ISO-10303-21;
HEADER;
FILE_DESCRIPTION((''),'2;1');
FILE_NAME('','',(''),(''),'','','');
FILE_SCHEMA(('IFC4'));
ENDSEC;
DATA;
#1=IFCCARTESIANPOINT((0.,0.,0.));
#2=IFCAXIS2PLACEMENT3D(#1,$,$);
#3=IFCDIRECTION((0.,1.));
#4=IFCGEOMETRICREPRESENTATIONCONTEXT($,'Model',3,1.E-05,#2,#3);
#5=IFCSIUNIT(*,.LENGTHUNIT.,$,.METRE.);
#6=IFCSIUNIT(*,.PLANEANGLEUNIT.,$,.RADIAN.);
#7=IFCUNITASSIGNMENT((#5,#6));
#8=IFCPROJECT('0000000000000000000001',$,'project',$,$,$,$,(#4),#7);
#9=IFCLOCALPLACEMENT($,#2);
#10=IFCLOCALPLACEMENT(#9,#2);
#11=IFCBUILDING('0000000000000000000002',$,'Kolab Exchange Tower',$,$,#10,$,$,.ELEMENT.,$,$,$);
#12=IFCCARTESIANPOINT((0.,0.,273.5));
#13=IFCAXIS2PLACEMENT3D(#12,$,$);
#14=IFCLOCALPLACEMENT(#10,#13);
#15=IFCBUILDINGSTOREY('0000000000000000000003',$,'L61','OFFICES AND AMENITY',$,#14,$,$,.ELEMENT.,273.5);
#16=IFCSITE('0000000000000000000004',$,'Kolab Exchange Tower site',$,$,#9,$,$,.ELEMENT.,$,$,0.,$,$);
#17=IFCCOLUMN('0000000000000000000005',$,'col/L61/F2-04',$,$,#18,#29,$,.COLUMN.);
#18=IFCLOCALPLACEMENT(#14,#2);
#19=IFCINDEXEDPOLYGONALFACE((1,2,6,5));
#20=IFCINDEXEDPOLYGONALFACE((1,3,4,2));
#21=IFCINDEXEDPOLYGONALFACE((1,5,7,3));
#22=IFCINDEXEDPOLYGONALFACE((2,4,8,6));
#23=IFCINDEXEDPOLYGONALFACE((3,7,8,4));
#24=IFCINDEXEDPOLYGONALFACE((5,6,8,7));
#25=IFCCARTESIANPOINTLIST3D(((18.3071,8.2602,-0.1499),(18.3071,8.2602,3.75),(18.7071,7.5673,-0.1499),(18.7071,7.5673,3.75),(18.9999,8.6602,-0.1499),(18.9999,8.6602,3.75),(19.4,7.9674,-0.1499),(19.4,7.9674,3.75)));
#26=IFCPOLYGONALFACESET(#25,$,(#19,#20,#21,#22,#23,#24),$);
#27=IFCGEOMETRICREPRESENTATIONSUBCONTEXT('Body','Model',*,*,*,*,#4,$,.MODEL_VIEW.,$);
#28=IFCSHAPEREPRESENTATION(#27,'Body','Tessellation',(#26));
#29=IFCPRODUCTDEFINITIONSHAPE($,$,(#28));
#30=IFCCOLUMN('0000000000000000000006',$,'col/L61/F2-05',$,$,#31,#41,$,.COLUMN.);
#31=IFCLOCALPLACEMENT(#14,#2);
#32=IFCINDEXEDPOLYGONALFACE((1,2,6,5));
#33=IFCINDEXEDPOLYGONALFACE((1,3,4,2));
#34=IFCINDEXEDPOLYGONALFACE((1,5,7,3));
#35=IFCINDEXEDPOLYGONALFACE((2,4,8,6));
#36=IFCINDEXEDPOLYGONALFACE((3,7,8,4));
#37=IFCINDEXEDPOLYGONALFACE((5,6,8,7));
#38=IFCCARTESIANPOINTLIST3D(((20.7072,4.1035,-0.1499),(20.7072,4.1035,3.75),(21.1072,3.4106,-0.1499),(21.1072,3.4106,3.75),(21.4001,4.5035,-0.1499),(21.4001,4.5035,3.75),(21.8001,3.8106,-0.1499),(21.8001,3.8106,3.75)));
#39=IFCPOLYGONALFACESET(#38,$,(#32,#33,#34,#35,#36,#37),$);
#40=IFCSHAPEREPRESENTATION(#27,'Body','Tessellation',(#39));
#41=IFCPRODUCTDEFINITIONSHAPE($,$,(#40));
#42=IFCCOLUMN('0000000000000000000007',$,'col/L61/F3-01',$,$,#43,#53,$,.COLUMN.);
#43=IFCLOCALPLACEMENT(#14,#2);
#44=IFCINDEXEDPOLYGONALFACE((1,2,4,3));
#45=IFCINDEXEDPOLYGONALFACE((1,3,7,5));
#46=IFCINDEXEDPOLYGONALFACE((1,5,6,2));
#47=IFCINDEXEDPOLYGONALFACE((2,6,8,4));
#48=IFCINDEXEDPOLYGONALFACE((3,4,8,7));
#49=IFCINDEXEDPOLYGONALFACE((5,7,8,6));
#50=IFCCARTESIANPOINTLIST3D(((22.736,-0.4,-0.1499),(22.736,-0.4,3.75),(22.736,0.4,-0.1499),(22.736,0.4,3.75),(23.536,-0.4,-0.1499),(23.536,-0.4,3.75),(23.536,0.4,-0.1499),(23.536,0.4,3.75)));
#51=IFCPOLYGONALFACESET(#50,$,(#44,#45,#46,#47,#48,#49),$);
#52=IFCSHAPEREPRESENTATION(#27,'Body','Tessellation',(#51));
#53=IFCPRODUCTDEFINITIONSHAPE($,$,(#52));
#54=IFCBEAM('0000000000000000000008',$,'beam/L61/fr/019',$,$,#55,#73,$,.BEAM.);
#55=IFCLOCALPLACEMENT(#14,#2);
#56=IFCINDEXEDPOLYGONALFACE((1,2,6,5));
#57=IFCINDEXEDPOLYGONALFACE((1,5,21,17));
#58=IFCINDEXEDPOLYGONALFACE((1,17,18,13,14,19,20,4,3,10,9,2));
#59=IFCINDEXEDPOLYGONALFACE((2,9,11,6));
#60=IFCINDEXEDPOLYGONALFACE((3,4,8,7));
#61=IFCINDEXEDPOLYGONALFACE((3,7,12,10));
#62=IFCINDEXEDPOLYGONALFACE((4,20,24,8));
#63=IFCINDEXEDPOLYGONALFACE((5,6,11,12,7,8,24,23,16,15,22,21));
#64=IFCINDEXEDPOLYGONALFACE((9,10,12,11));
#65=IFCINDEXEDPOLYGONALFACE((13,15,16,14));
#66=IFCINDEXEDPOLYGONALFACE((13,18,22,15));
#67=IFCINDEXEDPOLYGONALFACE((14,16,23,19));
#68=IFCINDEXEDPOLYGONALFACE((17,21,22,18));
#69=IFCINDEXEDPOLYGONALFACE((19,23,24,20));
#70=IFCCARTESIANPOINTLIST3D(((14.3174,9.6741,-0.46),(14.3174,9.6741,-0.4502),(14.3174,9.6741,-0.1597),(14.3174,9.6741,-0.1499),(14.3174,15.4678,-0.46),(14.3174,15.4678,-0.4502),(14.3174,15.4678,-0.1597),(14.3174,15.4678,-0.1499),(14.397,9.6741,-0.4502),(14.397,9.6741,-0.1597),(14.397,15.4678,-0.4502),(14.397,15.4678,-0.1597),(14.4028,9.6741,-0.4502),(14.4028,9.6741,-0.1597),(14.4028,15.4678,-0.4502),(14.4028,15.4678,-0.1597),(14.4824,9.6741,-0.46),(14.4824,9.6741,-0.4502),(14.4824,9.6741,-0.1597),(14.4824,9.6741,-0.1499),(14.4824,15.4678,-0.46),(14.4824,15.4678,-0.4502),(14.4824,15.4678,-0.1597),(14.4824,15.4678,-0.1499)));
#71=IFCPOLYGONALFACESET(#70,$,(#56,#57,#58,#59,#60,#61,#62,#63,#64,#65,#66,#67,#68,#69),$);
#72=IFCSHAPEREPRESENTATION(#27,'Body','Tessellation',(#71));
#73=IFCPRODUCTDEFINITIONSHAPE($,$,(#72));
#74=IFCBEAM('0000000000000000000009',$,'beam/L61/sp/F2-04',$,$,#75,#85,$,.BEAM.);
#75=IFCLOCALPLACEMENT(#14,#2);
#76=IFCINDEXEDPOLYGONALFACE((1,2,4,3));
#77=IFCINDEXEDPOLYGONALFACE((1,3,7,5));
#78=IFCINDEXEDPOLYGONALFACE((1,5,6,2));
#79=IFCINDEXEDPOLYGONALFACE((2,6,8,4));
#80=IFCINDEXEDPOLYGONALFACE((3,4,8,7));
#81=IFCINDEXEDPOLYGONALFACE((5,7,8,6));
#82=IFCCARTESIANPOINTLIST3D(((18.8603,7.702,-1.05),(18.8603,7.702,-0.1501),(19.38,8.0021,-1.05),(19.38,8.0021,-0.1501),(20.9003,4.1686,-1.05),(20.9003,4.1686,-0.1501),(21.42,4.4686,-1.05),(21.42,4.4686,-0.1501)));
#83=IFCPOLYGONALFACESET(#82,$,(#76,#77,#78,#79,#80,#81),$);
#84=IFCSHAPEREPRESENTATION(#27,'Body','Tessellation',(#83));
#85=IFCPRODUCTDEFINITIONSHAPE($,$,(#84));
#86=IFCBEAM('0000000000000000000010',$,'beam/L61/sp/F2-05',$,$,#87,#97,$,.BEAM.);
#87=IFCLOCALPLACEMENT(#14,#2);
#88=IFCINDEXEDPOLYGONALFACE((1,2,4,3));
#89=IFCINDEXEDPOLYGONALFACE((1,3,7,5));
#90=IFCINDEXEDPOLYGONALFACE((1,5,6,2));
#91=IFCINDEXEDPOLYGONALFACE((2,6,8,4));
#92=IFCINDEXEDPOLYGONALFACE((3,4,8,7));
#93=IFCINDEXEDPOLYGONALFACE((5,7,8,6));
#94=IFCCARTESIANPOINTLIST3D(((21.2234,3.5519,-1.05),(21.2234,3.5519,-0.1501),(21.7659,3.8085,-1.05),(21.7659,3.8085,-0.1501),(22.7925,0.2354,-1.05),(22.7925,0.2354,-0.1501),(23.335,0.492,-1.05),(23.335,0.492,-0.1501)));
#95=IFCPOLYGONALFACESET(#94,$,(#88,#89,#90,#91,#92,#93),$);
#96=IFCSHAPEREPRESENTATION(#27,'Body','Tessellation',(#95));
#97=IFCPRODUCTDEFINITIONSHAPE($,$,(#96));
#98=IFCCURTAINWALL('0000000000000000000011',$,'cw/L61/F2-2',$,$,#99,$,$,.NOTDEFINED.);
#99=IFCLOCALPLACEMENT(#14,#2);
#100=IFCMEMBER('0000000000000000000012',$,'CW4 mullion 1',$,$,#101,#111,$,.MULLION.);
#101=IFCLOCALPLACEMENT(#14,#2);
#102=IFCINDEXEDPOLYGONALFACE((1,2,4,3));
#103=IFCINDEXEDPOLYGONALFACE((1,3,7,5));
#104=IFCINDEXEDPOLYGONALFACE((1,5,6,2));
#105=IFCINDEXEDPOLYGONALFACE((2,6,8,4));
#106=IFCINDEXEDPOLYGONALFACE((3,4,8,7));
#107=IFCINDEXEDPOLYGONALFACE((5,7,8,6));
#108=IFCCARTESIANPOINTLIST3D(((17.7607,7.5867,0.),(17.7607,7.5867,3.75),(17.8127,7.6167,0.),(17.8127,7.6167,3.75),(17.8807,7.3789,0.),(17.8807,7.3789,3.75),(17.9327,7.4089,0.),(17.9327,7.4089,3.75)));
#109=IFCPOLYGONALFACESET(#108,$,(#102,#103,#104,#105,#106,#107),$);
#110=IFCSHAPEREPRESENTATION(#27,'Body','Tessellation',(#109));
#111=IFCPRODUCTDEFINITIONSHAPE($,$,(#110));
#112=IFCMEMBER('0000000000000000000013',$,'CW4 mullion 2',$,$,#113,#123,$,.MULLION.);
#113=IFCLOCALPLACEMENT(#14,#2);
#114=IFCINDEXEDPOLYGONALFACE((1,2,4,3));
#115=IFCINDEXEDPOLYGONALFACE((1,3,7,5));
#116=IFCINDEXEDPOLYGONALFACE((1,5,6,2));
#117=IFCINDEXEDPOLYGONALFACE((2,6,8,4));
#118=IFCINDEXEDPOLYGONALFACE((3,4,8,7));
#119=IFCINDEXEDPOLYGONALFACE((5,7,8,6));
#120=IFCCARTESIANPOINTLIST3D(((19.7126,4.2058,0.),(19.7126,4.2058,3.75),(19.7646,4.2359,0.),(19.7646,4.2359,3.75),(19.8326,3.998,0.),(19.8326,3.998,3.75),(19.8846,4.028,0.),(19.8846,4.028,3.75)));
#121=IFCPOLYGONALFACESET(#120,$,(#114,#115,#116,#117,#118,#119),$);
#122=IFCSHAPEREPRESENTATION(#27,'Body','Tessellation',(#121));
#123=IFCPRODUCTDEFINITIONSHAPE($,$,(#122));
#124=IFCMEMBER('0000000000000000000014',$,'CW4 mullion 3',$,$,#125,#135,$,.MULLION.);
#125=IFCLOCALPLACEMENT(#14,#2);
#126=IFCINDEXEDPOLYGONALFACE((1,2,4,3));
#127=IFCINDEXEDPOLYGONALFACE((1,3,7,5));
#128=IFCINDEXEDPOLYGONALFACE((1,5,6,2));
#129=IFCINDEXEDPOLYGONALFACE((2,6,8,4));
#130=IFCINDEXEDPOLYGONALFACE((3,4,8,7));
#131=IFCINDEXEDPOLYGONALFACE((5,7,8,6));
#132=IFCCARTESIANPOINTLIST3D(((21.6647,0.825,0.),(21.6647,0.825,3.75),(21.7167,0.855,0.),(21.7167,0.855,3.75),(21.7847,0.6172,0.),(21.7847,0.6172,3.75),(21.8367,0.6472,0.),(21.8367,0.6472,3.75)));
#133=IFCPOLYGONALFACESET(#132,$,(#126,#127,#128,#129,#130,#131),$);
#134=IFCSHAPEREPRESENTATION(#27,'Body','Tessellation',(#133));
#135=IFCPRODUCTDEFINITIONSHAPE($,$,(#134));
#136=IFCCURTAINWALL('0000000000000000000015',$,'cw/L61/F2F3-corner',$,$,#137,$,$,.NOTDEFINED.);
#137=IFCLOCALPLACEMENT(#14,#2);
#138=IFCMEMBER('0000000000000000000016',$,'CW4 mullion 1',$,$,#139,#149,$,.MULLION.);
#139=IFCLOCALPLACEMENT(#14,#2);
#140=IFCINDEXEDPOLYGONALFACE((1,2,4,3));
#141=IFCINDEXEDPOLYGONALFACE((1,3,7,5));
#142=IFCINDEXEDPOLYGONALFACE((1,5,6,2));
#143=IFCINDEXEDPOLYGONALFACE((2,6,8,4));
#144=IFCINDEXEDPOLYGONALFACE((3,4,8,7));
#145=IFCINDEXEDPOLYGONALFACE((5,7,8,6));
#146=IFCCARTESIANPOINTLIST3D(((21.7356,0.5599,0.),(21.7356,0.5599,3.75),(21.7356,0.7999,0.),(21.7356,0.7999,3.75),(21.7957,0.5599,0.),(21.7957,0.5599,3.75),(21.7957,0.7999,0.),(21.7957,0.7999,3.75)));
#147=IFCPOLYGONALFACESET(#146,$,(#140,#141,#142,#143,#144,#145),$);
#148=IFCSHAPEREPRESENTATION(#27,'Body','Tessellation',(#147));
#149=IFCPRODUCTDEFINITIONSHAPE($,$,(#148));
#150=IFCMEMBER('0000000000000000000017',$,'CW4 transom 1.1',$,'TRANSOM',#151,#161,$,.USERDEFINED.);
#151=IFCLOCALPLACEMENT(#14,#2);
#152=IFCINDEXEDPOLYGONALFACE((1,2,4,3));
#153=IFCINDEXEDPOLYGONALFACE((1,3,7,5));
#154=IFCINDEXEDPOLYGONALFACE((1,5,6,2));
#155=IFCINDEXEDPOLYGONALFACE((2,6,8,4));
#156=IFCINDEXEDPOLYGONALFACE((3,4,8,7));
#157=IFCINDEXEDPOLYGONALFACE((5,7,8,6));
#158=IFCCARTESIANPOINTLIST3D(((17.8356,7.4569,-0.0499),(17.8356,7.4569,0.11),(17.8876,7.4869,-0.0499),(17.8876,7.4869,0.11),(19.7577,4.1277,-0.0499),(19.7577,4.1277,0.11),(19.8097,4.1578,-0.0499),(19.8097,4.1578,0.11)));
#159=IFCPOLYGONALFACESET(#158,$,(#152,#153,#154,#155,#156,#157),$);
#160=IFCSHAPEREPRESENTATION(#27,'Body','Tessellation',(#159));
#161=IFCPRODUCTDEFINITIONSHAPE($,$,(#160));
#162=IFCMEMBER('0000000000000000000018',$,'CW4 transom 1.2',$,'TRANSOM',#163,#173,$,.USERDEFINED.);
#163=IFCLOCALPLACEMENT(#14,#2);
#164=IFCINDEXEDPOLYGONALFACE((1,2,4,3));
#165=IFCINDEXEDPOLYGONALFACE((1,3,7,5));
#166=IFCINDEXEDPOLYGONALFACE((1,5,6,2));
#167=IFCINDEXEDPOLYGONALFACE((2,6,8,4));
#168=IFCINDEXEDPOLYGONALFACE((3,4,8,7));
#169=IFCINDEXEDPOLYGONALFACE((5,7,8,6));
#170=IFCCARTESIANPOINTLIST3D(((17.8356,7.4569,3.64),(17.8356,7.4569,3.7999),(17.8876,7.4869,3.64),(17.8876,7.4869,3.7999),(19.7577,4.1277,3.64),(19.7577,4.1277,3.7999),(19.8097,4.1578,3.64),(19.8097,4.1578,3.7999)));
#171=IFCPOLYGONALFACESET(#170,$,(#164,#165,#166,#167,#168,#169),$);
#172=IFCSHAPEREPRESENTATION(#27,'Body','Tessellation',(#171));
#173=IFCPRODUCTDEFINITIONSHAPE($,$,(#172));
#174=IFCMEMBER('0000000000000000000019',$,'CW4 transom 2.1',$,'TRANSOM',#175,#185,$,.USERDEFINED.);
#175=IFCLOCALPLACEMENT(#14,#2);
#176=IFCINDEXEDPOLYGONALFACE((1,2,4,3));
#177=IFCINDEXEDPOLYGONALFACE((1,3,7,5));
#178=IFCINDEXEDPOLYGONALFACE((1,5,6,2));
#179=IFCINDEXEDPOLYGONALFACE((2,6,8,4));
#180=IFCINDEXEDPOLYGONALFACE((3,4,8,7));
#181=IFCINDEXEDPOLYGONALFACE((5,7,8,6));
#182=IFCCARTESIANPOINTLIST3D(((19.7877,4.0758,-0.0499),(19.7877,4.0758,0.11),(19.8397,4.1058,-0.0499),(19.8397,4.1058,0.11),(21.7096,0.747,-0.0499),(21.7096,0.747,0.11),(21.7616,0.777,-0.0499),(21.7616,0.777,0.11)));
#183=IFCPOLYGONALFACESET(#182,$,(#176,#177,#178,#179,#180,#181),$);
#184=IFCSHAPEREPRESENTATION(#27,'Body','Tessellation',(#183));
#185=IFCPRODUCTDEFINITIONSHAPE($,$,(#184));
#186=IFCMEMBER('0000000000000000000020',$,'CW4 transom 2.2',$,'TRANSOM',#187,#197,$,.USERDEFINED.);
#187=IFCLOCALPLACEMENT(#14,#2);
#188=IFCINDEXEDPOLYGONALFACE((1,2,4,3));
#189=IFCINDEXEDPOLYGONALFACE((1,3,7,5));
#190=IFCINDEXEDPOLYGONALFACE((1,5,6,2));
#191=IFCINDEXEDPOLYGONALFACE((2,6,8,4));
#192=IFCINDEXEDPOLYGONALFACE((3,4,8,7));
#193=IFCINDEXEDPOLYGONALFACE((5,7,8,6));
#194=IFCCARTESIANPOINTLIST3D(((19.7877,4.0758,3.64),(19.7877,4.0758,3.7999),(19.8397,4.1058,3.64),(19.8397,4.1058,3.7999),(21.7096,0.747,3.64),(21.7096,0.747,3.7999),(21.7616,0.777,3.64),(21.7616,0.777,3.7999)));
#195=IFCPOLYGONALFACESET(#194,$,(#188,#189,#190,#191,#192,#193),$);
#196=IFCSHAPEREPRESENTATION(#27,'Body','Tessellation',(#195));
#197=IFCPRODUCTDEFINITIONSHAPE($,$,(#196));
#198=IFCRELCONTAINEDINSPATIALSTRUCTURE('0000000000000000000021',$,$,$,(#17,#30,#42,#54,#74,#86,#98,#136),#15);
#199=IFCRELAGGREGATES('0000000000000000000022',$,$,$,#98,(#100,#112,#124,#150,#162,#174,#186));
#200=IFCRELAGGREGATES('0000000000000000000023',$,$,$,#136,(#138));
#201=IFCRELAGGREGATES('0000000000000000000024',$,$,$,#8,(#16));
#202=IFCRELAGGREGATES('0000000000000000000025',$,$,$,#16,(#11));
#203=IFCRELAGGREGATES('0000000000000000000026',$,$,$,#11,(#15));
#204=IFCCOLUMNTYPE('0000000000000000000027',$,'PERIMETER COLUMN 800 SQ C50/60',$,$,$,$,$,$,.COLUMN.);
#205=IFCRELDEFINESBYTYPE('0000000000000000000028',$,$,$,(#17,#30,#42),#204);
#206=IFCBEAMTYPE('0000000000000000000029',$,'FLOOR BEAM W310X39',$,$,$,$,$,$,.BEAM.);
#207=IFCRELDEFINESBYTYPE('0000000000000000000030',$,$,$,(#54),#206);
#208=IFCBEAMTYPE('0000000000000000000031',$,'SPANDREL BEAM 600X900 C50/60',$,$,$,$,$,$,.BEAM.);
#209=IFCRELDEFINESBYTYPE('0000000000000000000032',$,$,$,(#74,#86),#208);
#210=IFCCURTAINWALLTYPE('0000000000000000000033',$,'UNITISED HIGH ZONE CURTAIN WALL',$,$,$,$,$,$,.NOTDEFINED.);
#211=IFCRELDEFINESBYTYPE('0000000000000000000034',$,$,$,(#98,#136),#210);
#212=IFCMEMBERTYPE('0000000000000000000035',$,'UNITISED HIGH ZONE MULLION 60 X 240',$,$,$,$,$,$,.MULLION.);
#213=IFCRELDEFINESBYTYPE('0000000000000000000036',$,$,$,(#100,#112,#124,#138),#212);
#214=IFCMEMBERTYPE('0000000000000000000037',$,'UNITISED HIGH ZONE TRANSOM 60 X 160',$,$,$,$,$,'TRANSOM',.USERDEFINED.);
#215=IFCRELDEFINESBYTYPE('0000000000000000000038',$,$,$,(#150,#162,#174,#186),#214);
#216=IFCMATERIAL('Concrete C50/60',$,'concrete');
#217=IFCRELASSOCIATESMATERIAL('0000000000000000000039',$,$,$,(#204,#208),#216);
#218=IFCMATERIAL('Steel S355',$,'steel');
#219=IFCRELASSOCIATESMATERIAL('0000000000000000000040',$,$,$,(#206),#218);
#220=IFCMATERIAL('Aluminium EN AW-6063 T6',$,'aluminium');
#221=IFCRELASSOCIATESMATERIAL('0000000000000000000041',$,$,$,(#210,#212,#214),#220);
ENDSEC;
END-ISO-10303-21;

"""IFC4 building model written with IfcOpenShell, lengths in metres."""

from ifc_helpers import new_model, si_unit, direction, frame, origin, origin_2d, place, context, subcontext, project, spatial, rectangle, i_section, extrude, material, material_profile, profile_set, type_object, element, aggregate, save


model = new_model("IFC4")

# Units and contexts
model_context = context("Model", 3, precision=1e-05, world=origin(), true_north=direction((0.0, 1.0)))
body_context = subcontext(model_context, "Body", "Model", "MODEL_VIEW")
ifc_project = project(units=[si_unit("LENGTHUNIT", "METRE"), si_unit("PLANEANGLEUNIT", "RADIAN")], contexts=[model_context])

# Site, building, storey
site_placement = place(None, origin())
site = spatial("IfcSite", under=ifc_project, at=site_placement, Name="Kolab Exchange Tower site", CompositionType="ELEMENT", RefElevation=0.0)
building_placement = place(site_placement, origin())
building = spatial("IfcBuilding", under=site, at=building_placement, Name="Kolab Exchange Tower", CompositionType="ELEMENT")
storey_placement = place(building_placement, frame((0.0, 0.0, 273.5)))
storey = spatial("IfcBuildingStorey", under=building, at=storey_placement, Name="L61", Description="OFFICES AND AMENITY", CompositionType="ELEMENT", Elevation=273.5)

# Columns
ifc_material_1 = material(Name="Concrete C50/60", Category="concrete")
ifc_material_profile_1 = material_profile(ifc_material_1, rectangle(XDim=0.8, YDim=0.8, at=origin_2d()), Name="RC800")
ifc_profile_set_1 = profile_set([ifc_material_profile_1], Name="Concrete C50/60")
column_type = type_object("IfcColumnType", Name="PERIMETER COLUMN 800 SQ C50/60", PredefinedType="COLUMN", material=ifc_profile_set_1)
for number, where, z_axis, x_axis, name in (
    (1, (18.8535, 8.1138, -0.1499), (0.0, 0.0, 1.0), (0.866025, 0.5, 0.0), "col/L61/F2-04"),
    (2, (21.2537, 3.957, -0.1499), (0.0, 0.0, 1.0), (0.866025, 0.5, 0.0), "col/L61/F2-05"),
    (3, (23.136, 0.0, -0.1499), (0.0, 0.0, 1.0), (1.0, 0.0, 0.0), "col/L61/F3-01"),
):
    element("IfcColumn", number, at=place(storey_placement, frame(where, z_axis=z_axis, x_axis=x_axis)), inside=storey, type_object=column_type, Name=name, PredefinedType="COLUMN", context=body_context, shape_type="SweptSolid", body=[
        extrude(rectangle(XDim=0.8, YDim=0.8, at=origin_2d()), origin(), (0.0, 0.0, 1.0), 3.8999),
    ])

# Beams
ifc_material_2 = material(Name="Steel S355", Category="steel")
ifc_material_profile_2 = material_profile(ifc_material_2, i_section(OverallWidth=0.165, OverallDepth=0.3101, WebThickness=0.0059, FlangeThickness=0.0098, at=origin_2d()), Name="W310X39")
ifc_profile_set_2 = profile_set([ifc_material_profile_2], Name="Steel S355")
beam_type_1 = type_object("IfcBeamType", Name="FLOOR BEAM W310X39", PredefinedType="BEAM", material=ifc_profile_set_2)
beam_1_placement = place(storey_placement, frame((14.3999, 9.6741, -0.3049), z_axis=(0.0, 1.0, 0.0), x_axis=(-1.0, 0.0, 0.0)))
element("IfcBeam", 4, at=beam_1_placement, inside=storey, type_object=beam_type_1, Name="beam/L61/fr/019", PredefinedType="BEAM", context=body_context, shape_type="SweptSolid", body=[
    extrude(i_section(OverallWidth=0.165, OverallDepth=0.3101, WebThickness=0.0059, FlangeThickness=0.0098, at=origin_2d()), origin(), (0.0, 0.0, 1.0), 5.7937),
])
ifc_material_profile_3 = material_profile(ifc_material_1, rectangle(XDim=0.6001, YDim=0.8999, at=origin_2d()), Name="RC600X900")
ifc_profile_set_3 = profile_set([ifc_material_profile_3], Name="Concrete C50/60")
beam_type_2 = type_object("IfcBeamType", Name="SPANDREL BEAM 600X900 C50/60", PredefinedType="BEAM", material=ifc_profile_set_3)
beam_2_placement = place(storey_placement, frame((19.1201, 7.8521, -0.6001), z_axis=(0.5, -0.866025, 0.0), x_axis=(0.866025, 0.5, 0.0)))
element("IfcBeam", 5, at=beam_2_placement, inside=storey, type_object=beam_type_2, Name="beam/L61/sp/F2-04", PredefinedType="BEAM", context=body_context, shape_type="SweptSolid", body=[
    extrude(rectangle(XDim=0.6001, YDim=0.8999, at=origin_2d()), origin(), (0.0, 0.0, 1.0), 4.0801),
])
beam_3_placement = place(storey_placement, frame((21.4946, 3.6802, -0.6001), z_axis=(0.427677, -0.903932, 0.0), x_axis=(0.903932, 0.427677, 0.0)))
element("IfcBeam", 6, at=beam_3_placement, inside=storey, type_object=beam_type_2, Name="beam/L61/sp/F2-05", PredefinedType="BEAM", context=body_context, shape_type="SweptSolid", body=[
    extrude(rectangle(XDim=0.6001, YDim=0.8999, at=origin_2d()), origin(), (0.0, 0.0, 1.0), 3.6689),
])

# Curtain wall, members
ifc_material_3 = material(Name="Aluminium EN AW-6063 T6", Category="aluminium")
curtain_wall_type = type_object("IfcCurtainWallType", Name="UNITISED HIGH ZONE CURTAIN WALL", PredefinedType="NOTDEFINED", material=ifc_material_3)
curtain_wall_1_placement = place(storey_placement, origin())
curtain_wall_1 = element("IfcCurtainWall", 7, at=curtain_wall_1_placement, inside=storey, type_object=curtain_wall_type, Name="cw/L61/F2-2", PredefinedType="NOTDEFINED")
ifc_material_profile_4 = material_profile(ifc_material_3, rectangle(XDim=0.0601, YDim=0.24, at=origin_2d()), Name="RECT 60X240")
ifc_profile_set_4 = profile_set([ifc_material_profile_4], Name="Aluminium EN AW-6063 T6")
member_type_1 = type_object("IfcMemberType", Name="UNITISED HIGH ZONE MULLION 60 X 240", PredefinedType="MULLION", material=ifc_profile_set_4)
member_1_placement = place(storey_placement, frame((17.8467, 7.4978, 0.0), z_axis=(0.0, 0.0, 1.0), x_axis=(0.866025, 0.5, 0.0)))
member_1 = element("IfcMember", 8, at=member_1_placement, type_object=member_type_1, Name="CW4 mullion 1", PredefinedType="MULLION", context=body_context, shape_type="SweptSolid", body=[
    extrude(rectangle(XDim=0.0601, YDim=0.24, at=origin_2d()), origin(), (0.0, 0.0, 1.0), 3.75),
])
member_2_placement = place(storey_placement, frame((19.7986, 4.1169, 0.0), z_axis=(0.0, 0.0, 1.0), x_axis=(0.866025, 0.5, 0.0)))
member_2 = element("IfcMember", 9, at=member_2_placement, type_object=member_type_1, Name="CW4 mullion 2", PredefinedType="MULLION", context=body_context, shape_type="SweptSolid", body=[
    extrude(rectangle(XDim=0.0601, YDim=0.24, at=origin_2d()), origin(), (0.0, 0.0, 1.0), 3.75),
])
member_3_placement = place(storey_placement, frame((21.7507, 0.7361, 0.0), z_axis=(0.0, 0.0, 1.0), x_axis=(0.866025, 0.5, 0.0)))
member_3 = element("IfcMember", 10, at=member_3_placement, type_object=member_type_1, Name="CW4 mullion 3", PredefinedType="MULLION", context=body_context, shape_type="SweptSolid", body=[
    extrude(rectangle(XDim=0.0601, YDim=0.24, at=origin_2d()), origin(), (0.0, 0.0, 1.0), 3.75),
])

# Curtain wall, member
curtain_wall_2_placement = place(storey_placement, origin())
curtain_wall_2 = element("IfcCurtainWall", 11, at=curtain_wall_2_placement, inside=storey, type_object=curtain_wall_type, Name="cw/L61/F2F3-corner", PredefinedType="NOTDEFINED")
member_4_placement = place(storey_placement, frame((21.7656, 0.6799, 0.0), z_axis=(0.0, 0.0, 1.0), x_axis=(1.0, 0.0, 0.0)))
member_4 = element("IfcMember", 12, at=member_4_placement, type_object=member_type_1, Name="CW4 mullion 1", PredefinedType="MULLION", context=body_context, shape_type="SweptSolid", body=[
    extrude(rectangle(XDim=0.0601, YDim=0.24, at=origin_2d()), origin(), (0.0, 0.0, 1.0), 3.75),
])

# Members
ifc_material_profile_5 = material_profile(ifc_material_3, rectangle(XDim=0.0601, YDim=0.1599, at=origin_2d()), Name="RECT 60X160")
ifc_profile_set_5 = profile_set([ifc_material_profile_5], Name="Aluminium EN AW-6063 T6")
member_type_2 = type_object("IfcMemberType", Name="UNITISED HIGH ZONE TRANSOM 60 X 160", ElementType="TRANSOM", PredefinedType="USERDEFINED", material=ifc_profile_set_5)
member_5_placement = place(storey_placement, frame((17.8616, 7.4719, 0.03), z_axis=(0.500012, -0.866018, 0.0), x_axis=(0.866018, 0.500012, 0.0)))
member_5 = element("IfcMember", 13, at=member_5_placement, type_object=member_type_2, Name="CW4 transom 1.1", ObjectType="TRANSOM", PredefinedType="USERDEFINED", context=body_context, shape_type="SweptSolid", body=[
    extrude(rectangle(XDim=0.0601, YDim=0.1599, at=origin_2d()), origin(), (0.0, 0.0, 1.0), 3.8442),
])
member_6_placement = place(storey_placement, frame((17.8616, 7.4719, 3.72), z_axis=(0.500012, -0.866018, 0.0), x_axis=(0.866018, 0.500012, 0.0)))
member_6 = element("IfcMember", 14, at=member_6_placement, type_object=member_type_2, Name="CW4 transom 1.2", ObjectType="TRANSOM", PredefinedType="USERDEFINED", context=body_context, shape_type="SweptSolid", body=[
    extrude(rectangle(XDim=0.0601, YDim=0.1599, at=origin_2d()), origin(), (0.0, 0.0, 1.0), 3.8442),
])
member_7_placement = place(storey_placement, frame((19.8137, 4.0908, 0.03), z_axis=(0.499992, -0.86603, 0.0), x_axis=(0.86603, 0.499992, 0.0)))
member_7 = element("IfcMember", 15, at=member_7_placement, type_object=member_type_2, Name="CW4 transom 2.1", ObjectType="TRANSOM", PredefinedType="USERDEFINED", context=body_context, shape_type="SweptSolid", body=[
    extrude(rectangle(XDim=0.0601, YDim=0.1599, at=origin_2d()), origin(), (0.0, 0.0, 1.0), 3.8438),
])
member_8_placement = place(storey_placement, frame((19.8137, 4.0908, 3.72), z_axis=(0.499992, -0.86603, 0.0), x_axis=(0.86603, 0.499992, 0.0)))
member_8 = element("IfcMember", 16, at=member_8_placement, type_object=member_type_2, Name="CW4 transom 2.2", ObjectType="TRANSOM", PredefinedType="USERDEFINED", context=body_context, shape_type="SweptSolid", body=[
    extrude(rectangle(XDim=0.0601, YDim=0.1599, at=origin_2d()), origin(), (0.0, 0.0, 1.0), 3.8438),
])

aggregate(curtain_wall_1, [member_1, member_2, member_3, member_5, member_6, member_7, member_8])
aggregate(curtain_wall_2, [member_4])

save(model, "model.ifc")
